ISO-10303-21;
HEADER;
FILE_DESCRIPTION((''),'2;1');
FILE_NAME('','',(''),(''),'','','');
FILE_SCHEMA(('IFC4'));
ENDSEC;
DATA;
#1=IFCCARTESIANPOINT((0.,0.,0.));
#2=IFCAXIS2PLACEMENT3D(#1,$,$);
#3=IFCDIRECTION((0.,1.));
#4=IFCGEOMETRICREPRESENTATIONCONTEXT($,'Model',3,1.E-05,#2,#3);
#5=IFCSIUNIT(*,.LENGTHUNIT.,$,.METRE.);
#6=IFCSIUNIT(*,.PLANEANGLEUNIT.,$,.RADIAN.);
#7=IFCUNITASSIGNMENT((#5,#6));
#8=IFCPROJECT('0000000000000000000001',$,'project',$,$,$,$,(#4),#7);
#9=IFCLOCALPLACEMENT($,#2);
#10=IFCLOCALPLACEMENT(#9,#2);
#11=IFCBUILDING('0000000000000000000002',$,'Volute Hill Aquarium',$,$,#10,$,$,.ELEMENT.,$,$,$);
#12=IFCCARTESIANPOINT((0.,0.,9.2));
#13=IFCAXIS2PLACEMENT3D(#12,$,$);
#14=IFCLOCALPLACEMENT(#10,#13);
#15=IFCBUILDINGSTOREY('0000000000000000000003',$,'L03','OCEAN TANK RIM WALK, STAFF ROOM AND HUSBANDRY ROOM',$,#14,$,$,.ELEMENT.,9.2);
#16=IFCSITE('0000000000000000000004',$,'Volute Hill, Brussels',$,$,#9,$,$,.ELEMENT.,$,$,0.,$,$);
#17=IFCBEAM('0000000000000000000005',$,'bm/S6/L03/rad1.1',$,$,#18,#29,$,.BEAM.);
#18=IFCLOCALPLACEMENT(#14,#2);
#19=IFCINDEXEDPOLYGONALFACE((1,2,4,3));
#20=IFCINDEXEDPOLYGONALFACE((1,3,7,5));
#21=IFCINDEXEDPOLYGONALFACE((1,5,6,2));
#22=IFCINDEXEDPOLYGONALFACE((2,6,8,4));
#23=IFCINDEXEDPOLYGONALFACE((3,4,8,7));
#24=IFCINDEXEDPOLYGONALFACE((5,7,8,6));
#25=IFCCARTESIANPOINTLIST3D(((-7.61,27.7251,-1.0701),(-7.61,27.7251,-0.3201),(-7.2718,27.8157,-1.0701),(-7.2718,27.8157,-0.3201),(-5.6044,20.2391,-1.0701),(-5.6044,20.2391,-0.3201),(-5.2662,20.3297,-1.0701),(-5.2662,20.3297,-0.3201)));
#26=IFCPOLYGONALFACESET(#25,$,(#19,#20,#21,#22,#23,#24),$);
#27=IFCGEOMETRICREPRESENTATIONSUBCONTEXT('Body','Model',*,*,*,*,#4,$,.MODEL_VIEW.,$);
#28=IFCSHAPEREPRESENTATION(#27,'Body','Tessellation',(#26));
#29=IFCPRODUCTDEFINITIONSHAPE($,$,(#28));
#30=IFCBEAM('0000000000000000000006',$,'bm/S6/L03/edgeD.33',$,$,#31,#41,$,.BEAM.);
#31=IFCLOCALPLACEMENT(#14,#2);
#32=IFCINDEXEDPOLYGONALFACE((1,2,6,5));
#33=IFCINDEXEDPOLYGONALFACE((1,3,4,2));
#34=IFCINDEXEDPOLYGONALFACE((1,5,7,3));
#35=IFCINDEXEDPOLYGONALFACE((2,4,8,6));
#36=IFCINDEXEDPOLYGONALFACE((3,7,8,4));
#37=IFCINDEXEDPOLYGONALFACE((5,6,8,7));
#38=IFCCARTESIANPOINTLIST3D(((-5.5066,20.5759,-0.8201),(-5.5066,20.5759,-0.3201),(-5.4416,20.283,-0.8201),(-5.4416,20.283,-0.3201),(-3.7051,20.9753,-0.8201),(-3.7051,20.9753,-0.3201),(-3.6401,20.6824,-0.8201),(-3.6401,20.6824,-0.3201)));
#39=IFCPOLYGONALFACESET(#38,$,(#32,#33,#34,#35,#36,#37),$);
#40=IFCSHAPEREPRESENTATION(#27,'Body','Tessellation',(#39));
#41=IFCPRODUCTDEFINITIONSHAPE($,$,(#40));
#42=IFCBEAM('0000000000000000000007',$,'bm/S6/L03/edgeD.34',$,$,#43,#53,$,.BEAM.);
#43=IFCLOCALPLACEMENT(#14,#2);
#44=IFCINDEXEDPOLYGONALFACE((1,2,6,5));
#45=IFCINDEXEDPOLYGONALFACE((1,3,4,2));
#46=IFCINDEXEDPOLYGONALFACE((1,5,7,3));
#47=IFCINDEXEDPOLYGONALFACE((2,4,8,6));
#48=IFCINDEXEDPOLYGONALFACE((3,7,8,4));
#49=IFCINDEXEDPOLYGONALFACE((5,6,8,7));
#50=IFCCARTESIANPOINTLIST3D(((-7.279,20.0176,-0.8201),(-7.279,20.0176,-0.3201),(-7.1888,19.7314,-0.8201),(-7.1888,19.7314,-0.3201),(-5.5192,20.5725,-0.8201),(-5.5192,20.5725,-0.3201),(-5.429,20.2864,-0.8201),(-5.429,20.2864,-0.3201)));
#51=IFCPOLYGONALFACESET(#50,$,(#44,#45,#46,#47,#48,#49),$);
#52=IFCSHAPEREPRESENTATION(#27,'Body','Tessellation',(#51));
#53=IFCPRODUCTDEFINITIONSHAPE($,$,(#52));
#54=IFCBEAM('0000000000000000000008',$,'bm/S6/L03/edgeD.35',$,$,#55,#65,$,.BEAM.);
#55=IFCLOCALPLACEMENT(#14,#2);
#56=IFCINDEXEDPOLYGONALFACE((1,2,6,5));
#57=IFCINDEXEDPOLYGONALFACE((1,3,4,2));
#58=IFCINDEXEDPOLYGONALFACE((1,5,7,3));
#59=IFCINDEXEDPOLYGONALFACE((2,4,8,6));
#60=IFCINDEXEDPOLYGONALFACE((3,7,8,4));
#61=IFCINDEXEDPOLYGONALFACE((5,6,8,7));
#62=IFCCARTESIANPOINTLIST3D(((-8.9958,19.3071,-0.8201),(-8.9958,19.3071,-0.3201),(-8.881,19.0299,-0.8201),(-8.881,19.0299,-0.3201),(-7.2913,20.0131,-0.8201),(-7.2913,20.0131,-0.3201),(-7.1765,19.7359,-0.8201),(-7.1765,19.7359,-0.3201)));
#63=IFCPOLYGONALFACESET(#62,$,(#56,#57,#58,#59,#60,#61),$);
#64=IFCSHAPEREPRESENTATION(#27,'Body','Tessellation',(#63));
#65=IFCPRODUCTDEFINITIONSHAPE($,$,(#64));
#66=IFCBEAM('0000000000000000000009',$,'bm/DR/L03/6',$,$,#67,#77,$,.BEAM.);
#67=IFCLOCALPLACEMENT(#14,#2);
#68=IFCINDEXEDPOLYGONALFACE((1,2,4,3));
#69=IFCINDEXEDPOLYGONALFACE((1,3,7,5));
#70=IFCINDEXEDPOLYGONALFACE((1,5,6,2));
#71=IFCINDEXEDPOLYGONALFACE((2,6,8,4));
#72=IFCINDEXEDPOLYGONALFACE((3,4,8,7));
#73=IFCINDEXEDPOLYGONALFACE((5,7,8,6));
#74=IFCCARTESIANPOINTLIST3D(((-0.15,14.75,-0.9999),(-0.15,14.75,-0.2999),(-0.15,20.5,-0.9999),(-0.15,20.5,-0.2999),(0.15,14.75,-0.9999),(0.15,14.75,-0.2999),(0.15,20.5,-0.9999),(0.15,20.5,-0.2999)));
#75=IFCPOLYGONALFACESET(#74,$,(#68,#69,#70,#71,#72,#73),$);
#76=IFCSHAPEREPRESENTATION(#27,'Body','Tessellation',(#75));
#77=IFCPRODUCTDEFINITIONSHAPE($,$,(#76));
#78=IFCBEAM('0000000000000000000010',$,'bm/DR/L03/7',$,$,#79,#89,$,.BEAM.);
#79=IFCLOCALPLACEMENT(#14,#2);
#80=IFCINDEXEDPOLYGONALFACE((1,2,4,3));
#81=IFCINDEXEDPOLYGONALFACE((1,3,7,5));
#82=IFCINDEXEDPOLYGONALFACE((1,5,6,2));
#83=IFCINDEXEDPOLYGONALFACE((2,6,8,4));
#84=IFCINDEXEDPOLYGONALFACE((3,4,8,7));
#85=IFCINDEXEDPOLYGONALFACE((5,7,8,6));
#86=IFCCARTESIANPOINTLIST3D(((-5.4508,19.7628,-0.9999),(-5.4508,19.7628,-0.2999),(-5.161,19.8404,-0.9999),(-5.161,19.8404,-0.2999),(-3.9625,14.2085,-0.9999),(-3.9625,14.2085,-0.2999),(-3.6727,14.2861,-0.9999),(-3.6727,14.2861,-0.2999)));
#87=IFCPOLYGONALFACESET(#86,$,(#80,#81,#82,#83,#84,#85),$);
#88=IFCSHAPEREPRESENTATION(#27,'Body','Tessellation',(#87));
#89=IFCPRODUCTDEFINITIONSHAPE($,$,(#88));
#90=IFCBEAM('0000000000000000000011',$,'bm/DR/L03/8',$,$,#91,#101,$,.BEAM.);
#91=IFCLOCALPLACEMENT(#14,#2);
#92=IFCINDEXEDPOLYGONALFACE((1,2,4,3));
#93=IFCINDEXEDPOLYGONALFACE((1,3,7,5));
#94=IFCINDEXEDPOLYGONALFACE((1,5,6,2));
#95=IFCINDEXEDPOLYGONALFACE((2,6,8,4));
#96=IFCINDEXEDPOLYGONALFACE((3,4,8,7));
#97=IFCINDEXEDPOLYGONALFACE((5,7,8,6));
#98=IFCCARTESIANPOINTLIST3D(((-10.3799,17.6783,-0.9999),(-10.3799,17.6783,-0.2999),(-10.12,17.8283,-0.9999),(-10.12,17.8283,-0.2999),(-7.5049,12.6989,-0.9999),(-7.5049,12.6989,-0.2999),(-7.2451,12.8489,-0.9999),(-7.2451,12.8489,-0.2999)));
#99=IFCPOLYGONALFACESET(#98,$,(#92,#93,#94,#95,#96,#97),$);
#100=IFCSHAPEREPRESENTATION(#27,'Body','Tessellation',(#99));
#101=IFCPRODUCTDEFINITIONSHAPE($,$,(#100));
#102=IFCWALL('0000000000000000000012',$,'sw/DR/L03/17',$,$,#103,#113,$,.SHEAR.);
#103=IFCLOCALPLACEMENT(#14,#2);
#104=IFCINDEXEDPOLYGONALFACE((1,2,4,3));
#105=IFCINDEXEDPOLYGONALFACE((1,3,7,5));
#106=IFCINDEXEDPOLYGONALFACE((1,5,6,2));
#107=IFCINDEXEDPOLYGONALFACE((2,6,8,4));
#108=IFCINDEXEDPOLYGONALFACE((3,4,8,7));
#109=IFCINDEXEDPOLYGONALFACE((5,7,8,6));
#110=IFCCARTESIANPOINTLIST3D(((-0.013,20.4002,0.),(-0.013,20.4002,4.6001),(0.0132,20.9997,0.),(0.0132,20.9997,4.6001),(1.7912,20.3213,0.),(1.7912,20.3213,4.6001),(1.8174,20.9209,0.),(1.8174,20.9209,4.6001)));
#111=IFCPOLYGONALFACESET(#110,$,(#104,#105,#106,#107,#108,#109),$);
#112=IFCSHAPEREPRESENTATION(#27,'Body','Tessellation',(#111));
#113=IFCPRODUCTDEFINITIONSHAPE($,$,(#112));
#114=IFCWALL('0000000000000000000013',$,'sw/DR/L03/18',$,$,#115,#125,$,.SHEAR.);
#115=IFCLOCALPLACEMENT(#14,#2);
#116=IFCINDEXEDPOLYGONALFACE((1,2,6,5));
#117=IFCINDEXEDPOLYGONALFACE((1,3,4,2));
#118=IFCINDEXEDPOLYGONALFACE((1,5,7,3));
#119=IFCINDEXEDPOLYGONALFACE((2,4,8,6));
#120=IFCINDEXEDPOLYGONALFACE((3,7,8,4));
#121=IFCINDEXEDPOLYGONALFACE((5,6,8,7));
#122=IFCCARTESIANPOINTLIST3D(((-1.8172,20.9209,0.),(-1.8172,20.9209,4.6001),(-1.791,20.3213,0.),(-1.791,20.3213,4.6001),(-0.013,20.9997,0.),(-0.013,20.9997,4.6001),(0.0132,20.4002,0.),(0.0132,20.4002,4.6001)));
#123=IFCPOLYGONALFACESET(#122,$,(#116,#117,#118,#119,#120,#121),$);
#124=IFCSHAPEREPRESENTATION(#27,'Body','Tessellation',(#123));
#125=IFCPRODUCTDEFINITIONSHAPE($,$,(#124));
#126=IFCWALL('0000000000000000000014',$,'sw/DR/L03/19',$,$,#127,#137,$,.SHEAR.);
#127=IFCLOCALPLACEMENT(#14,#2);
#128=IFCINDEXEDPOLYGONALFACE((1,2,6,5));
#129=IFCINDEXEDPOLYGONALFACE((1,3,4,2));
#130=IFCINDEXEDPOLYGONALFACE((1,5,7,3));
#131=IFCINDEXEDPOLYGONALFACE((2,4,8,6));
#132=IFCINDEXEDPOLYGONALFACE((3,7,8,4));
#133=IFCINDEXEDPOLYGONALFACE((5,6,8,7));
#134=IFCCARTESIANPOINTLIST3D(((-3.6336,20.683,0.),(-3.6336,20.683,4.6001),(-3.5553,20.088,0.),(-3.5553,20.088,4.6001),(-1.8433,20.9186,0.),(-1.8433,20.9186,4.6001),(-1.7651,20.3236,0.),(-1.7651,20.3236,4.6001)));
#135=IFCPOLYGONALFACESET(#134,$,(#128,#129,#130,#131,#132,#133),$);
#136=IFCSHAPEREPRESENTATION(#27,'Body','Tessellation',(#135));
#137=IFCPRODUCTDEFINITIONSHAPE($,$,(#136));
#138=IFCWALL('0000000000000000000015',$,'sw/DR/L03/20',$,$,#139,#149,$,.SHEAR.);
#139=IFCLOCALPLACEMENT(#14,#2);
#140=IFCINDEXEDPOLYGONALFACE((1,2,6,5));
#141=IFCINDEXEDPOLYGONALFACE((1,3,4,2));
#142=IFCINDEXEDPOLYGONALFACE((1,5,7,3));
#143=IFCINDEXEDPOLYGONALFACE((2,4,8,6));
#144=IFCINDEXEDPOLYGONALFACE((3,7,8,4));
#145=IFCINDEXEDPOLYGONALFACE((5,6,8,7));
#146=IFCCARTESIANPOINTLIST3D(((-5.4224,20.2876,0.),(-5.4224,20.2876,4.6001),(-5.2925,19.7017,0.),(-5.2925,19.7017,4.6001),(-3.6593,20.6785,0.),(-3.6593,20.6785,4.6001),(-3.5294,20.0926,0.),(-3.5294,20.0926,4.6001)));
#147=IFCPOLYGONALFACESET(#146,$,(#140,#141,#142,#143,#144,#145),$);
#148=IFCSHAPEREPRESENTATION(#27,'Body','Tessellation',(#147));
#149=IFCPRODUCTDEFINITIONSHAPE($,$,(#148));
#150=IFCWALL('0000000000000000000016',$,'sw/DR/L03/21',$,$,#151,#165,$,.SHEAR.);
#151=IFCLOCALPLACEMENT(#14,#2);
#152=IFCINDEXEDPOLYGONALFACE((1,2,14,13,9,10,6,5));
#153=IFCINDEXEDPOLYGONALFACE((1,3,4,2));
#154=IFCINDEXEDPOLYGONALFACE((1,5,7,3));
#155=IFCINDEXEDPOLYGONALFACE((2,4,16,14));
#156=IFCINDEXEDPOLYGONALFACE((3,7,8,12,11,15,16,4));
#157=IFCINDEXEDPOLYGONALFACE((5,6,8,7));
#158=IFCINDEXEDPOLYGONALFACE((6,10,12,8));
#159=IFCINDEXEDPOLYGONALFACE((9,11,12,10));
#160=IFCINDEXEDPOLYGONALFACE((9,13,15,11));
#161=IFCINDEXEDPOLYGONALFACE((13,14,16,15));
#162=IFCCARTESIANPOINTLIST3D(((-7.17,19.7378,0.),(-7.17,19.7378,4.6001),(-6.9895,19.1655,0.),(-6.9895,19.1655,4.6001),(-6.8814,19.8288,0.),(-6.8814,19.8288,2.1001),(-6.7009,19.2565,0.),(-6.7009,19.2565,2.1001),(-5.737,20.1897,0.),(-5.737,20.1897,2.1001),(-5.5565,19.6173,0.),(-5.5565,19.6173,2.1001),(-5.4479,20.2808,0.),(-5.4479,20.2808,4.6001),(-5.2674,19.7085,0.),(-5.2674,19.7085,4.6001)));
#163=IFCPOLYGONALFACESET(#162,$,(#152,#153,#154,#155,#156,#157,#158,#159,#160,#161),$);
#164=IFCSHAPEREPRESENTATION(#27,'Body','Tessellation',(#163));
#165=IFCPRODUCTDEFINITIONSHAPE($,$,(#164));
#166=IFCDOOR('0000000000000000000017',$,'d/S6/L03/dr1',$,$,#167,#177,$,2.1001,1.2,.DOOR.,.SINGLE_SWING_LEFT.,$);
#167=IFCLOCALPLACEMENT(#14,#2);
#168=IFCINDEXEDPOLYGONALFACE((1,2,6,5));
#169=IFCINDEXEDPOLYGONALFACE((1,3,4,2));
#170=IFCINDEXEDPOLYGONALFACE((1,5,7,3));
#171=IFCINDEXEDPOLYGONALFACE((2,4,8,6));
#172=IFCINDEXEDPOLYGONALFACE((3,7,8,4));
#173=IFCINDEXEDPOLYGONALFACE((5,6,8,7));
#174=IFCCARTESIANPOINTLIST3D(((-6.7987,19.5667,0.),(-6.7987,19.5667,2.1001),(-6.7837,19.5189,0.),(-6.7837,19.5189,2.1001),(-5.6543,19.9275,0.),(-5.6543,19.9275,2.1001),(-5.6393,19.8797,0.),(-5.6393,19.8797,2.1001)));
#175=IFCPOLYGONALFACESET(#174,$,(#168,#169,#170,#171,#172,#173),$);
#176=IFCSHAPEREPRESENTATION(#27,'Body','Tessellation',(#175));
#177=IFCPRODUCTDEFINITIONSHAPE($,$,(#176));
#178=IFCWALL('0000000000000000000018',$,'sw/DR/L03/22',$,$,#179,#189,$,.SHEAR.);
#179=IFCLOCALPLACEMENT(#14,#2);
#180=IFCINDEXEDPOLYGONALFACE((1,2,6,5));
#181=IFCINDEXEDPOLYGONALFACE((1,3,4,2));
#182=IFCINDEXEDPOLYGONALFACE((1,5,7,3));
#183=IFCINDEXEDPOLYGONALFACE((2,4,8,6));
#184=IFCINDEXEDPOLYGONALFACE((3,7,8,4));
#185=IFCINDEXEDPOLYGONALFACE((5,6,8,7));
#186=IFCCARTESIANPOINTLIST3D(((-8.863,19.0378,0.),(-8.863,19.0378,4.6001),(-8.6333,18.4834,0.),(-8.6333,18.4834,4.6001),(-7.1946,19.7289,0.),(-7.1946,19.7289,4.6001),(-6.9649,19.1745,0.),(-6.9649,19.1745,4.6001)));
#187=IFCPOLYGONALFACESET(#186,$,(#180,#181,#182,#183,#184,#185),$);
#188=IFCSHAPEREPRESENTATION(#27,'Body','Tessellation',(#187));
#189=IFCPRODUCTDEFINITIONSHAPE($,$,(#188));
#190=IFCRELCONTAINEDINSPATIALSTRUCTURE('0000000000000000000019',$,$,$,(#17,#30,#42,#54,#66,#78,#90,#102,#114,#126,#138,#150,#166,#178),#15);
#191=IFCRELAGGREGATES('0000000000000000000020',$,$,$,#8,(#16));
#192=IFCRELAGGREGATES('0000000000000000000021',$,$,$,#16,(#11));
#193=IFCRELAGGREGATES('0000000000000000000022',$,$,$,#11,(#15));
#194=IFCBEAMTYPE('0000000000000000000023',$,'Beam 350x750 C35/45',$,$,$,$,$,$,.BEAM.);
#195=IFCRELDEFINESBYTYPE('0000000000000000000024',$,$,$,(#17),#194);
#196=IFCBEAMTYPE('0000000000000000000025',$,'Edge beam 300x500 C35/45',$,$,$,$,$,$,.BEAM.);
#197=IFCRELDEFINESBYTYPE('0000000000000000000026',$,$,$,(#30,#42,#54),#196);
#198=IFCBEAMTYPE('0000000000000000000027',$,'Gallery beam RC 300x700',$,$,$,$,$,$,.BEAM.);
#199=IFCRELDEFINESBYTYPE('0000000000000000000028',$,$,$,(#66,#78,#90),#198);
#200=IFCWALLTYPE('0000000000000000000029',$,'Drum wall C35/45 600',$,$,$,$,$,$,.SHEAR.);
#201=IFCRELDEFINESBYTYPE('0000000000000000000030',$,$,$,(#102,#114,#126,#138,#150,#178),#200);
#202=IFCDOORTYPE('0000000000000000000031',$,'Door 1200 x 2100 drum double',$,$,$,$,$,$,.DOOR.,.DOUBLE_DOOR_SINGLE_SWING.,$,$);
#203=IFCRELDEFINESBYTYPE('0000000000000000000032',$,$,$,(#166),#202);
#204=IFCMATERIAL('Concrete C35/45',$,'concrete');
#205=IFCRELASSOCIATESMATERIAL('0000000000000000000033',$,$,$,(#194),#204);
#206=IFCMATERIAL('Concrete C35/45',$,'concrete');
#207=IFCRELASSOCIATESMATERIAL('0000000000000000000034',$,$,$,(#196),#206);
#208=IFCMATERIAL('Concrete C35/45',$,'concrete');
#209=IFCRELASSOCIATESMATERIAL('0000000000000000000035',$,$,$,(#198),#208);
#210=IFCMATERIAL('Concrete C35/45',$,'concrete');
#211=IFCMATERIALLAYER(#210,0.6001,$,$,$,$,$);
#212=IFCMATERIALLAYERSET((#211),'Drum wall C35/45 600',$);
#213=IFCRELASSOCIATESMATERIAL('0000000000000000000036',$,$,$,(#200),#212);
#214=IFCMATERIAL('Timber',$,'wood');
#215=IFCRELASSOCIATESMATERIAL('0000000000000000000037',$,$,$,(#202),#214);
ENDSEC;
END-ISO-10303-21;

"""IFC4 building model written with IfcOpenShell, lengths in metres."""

from ifc_helpers import new_model, si_unit, direction, frame, frame_2d, origin, origin_2d, place, context, subcontext, project, spatial, rectangle, extrude, material, layer, layer_set, material_profile, profile_set, type_object, element, fill, save


model = new_model("IFC4")

# Units and contexts
model_context = context("Model", 3, precision=1e-05, world=origin(), true_north=direction((0.0, 1.0)))
body_context = subcontext(model_context, "Body", "Model", "MODEL_VIEW")
ifc_project = project(units=[si_unit("LENGTHUNIT", "METRE"), si_unit("PLANEANGLEUNIT", "RADIAN")], contexts=[model_context])

# Site, building, storey
site_placement = place(None, origin())
site = spatial("IfcSite", under=ifc_project, at=site_placement, Name="Volute Hill, Brussels", CompositionType="ELEMENT", RefElevation=0.0)
building_placement = place(site_placement, origin())
building = spatial("IfcBuilding", under=site, at=building_placement, Name="Volute Hill Aquarium", CompositionType="ELEMENT")
storey_placement = place(building_placement, frame((0.0, 0.0, 9.2)))
storey = spatial("IfcBuildingStorey", under=building, at=storey_placement, Name="L03", Description="OCEAN TANK RIM WALK, STAFF ROOM AND HUSBANDRY ROOM", CompositionType="ELEMENT", Elevation=9.2)

# Beams
ifc_material_1 = material(Name="Concrete C35/45", Category="concrete")
ifc_material_profile_1 = material_profile(ifc_material_1, rectangle(XDim=0.3501, YDim=0.75, at=origin_2d()), Name="RC beam 350x750")
ifc_profile_set_1 = profile_set([ifc_material_profile_1], Name="Concrete C35/45")
beam_type_1 = type_object("IfcBeamType", Name="Beam 350x750 C35/45", PredefinedType="BEAM", material=ifc_profile_set_1)
beam_1_placement = place(storey_placement, frame((-5.4353, 20.2844, -0.6951), z_axis=(-0.258786, 0.965935, 0.0), x_axis=(-0.965935, -0.258786, 0.0)))
element("IfcBeam", 1, at=beam_1_placement, inside=storey, type_object=beam_type_1, Name="bm/S6/L03/rad1.1", PredefinedType="BEAM", context=body_context, shape_type="SweptSolid", body=[
    extrude(rectangle(XDim=0.3501, YDim=0.75, at=origin_2d()), origin(), (0.0, 0.0, 1.0), 7.75),
])
ifc_material_2 = material(Name="Concrete C35/45", Category="concrete")
ifc_material_profile_2 = material_profile(ifc_material_2, rectangle(XDim=0.3, YDim=0.5, at=origin_2d()), Name="RC edge beam 300x500")
ifc_profile_set_2 = profile_set([ifc_material_profile_2], Name="Concrete C35/45")
beam_type_2 = type_object("IfcBeamType", Name="Edge beam 300x500 C35/45", PredefinedType="BEAM", material=ifc_profile_set_2)
for number, where, z_axis, x_axis, name in (
    (2, (-3.6726, 20.8289, -0.5701), (-0.976293, -0.216454, 0.0), (0.216454, -0.976293, 0.0), "bm/S6/L03/edgeD.33"),
    (3, (-5.4741, 20.4294, -0.5701), (-0.953705, -0.300745, 0.0), (0.300745, -0.953705, 0.0), "bm/S6/L03/edgeD.34"),
):
    element("IfcBeam", number, at=place(storey_placement, frame(where, z_axis=z_axis, x_axis=x_axis)), inside=storey, type_object=beam_type_2, Name=name, PredefinedType="BEAM", context=body_context, shape_type="SweptSolid", body=[
        extrude(rectangle(XDim=0.3, YDim=0.5, at=origin_2d()), origin(), (0.0, 0.0, 1.0), 1.8452),
    ])
beam_2_placement = place(storey_placement, frame((-7.2339, 19.8745, -0.5701), z_axis=(-0.923881, -0.382679, 0.0), x_axis=(0.382679, -0.923881, 0.0)))
element("IfcBeam", 4, at=beam_2_placement, inside=storey, type_object=beam_type_2, Name="bm/S6/L03/edgeD.35", PredefinedType="BEAM", context=body_context, shape_type="SweptSolid", body=[
    extrude(rectangle(XDim=0.3, YDim=0.5, at=origin_2d()), origin(), (0.0, 0.0, 1.0), 1.845),
])
ifc_material_3 = material(Name="Concrete C35/45", Category="concrete")
ifc_material_profile_3 = material_profile(ifc_material_3, rectangle(XDim=0.3, YDim=0.7, at=origin_2d()), Name="RC beam 300x700")
ifc_profile_set_3 = profile_set([ifc_material_profile_3], Name="Concrete C35/45")
beam_type_3 = type_object("IfcBeamType", Name="Gallery beam RC 300x700", PredefinedType="BEAM", material=ifc_profile_set_3)
beam_3_placement = place(storey_placement, frame((0.0, 14.75, -0.6499), z_axis=(0.0, 1.0, 0.0), x_axis=(-1.0, 0.0, 0.0)))
element("IfcBeam", 5, at=beam_3_placement, inside=storey, type_object=beam_type_3, Name="bm/DR/L03/6", PredefinedType="BEAM", context=body_context, shape_type="SweptSolid", body=[
    extrude(rectangle(XDim=0.3, YDim=0.7, at=origin_2d()), origin(), (0.0, 0.0, 1.0), 5.75),
])
beam_4_placement = place(storey_placement, frame((-3.8176, 14.2473, -0.6499), z_axis=(-0.258825, 0.965924, 0.0), x_axis=(-0.965924, -0.258825, 0.0)))
element("IfcBeam", 6, at=beam_4_placement, inside=storey, type_object=beam_type_3, Name="bm/DR/L03/7", PredefinedType="BEAM", context=body_context, shape_type="SweptSolid", body=[
    extrude(rectangle(XDim=0.3, YDim=0.7, at=origin_2d()), origin(), (0.0, 0.0, 1.0), 5.7502),
])
beam_5_placement = place(storey_placement, frame((-7.375, 12.7739, -0.6499), z_axis=(-0.500012, 0.866019, 0.0), x_axis=(-0.866019, -0.500012, 0.0)))
element("IfcBeam", 7, at=beam_5_placement, inside=storey, type_object=beam_type_3, Name="bm/DR/L03/8", PredefinedType="BEAM", context=body_context, shape_type="SweptSolid", body=[
    extrude(rectangle(XDim=0.3, YDim=0.7, at=origin_2d()), origin(), (0.0, 0.0, 1.0), 5.7498),
])

# Walls
ifc_material_4 = material(Name="Concrete C35/45", Category="concrete")
ifc_layer_1 = layer(ifc_material_4, 0.6001)
ifc_layer_set_1 = layer_set([ifc_layer_1], Name="Drum wall C35/45 600")
wall_type_1 = type_object("IfcWallType", Name="Drum wall C35/45 600", PredefinedType="SHEAR", material=ifc_layer_set_1)
for number, where, z_axis, x_axis, name in (
    (8, (1.8042, 20.6211, 0.0), (0.0, 0.0, 1.0), (-0.999046, 0.043666, 0.0), "sw/DR/L03/17"),
    (9, (0.0, 20.7, 0.0), (0.0, 0.0, 1.0), (-0.999046, -0.043666, 0.0), "sw/DR/L03/18"),
):
    element("IfcWall", number, at=place(storey_placement, frame(where, z_axis=z_axis, x_axis=x_axis)), inside=storey, type_object=wall_type_1, Name=name, PredefinedType="SHEAR", context=body_context, shape_type="SweptSolid", body=[
        extrude(rectangle(XDim=1.8059, YDim=0.6001, at=frame_2d((0.9028, 0.0))), origin(), (0.0, 0.0, 1.0), 4.6001),
    ])
wall_1_placement = place(storey_placement, frame((-1.8042, 20.6211, 0.0), z_axis=(0.0, 0.0, 1.0), x_axis=(-0.991452, -0.130472, 0.0)))
element("IfcWall", 10, at=wall_1_placement, inside=storey, type_object=wall_type_1, Name="sw/DR/L03/19", PredefinedType="SHEAR", context=body_context, shape_type="SweptSolid", body=[
    extrude(rectangle(XDim=1.8057, YDim=0.6001, at=frame_2d((0.9028, 0.0))), origin(), (0.0, 0.0, 1.0), 4.6001),
])
wall_2_placement = place(storey_placement, frame((-3.5945, 20.3855, 0.0), z_axis=(0.0, 0.0, 1.0), x_axis=(-0.976298, -0.216429, 0.0)))
element("IfcWall", 11, at=wall_2_placement, inside=storey, type_object=wall_type_1, Name="sw/DR/L03/20", PredefinedType="SHEAR", context=body_context, shape_type="SweptSolid", body=[
    extrude(rectangle(XDim=1.8059, YDim=0.6001, at=frame_2d((0.9028, 0.0))), origin(), (0.0, 0.0, 1.0), 4.6001),
])

# Wall, opening, door
wall_3_placement = place(storey_placement, frame((-5.3577, 19.9946, 0.0), z_axis=(0.0, 0.0, 1.0), x_axis=(-0.953722, -0.300691, 0.0)))
wall_3 = element("IfcWall", 12, at=wall_3_placement, inside=storey, type_object=wall_type_1, Name="sw/DR/L03/21", PredefinedType="SHEAR", context=body_context, shape_type="SweptSolid", body=[
    extrude(rectangle(XDim=1.8057, YDim=0.6001, at=frame_2d((0.9028, 0.0))), origin(), (0.0, 0.0, 1.0), 4.6001),
])
opening_1_placement = place(wall_3_placement, frame((0.303, 0.0, 0.0)))
opening_1 = element("IfcOpeningElement", 13, at=opening_1_placement, cuts=wall_3, PredefinedType="OPENING", context=body_context, shape_type="SweptSolid", body=[
    extrude(rectangle(XDim=1.2, YDim=2.1001, at=frame_2d((0.6001, 1.05))), frame((0.0, 0.3101, 0.0), z_axis=(0.0, -1.0, 0.0), x_axis=(1.0, 0.0, 0.0)), (0.0, 0.0, 1.0), 0.6201),
])
ifc_material_5 = material(Name="Timber", Category="wood")
door_type = type_object("IfcDoorType", Name="Door 1200 x 2100 drum double", OperationType="DOUBLE_DOOR_SINGLE_SWING", PredefinedType="DOOR", material=ifc_material_5)
door_placement = place(opening_1_placement, origin())
door = element("IfcDoor", 14, at=door_placement, inside=storey, type_object=door_type, Name="d/S6/L03/dr1", OperationType="SINGLE_SWING_LEFT", OverallHeight=2.1001, OverallWidth=1.2, PredefinedType="DOOR", context=body_context, shape_type="SweptSolid", body=[
    extrude(rectangle(XDim=1.2, YDim=2.1001, at=frame_2d((0.6001, 1.05))), frame((0.0, 0.0249, 0.0), z_axis=(0.0, -1.0, 0.0), x_axis=(1.0, 0.0, 0.0)), (0.0, 0.0, 1.0), 0.05),
])
fill(opening_1, door)

# Wall
wall_4_placement = place(storey_placement, frame((-7.0798, 19.4517, 0.0), z_axis=(0.0, 0.0, 1.0), x_axis=(-0.923867, -0.382714, 0.0)))
element("IfcWall", 15, at=wall_4_placement, inside=storey, type_object=wall_type_1, Name="sw/DR/L03/22", PredefinedType="SHEAR", context=body_context, shape_type="SweptSolid", body=[
    extrude(rectangle(XDim=1.8059, YDim=0.6001, at=frame_2d((0.9028, 0.0))), origin(), (0.0, 0.0, 1.0), 4.6001),
])

save(model, "model.ifc")
